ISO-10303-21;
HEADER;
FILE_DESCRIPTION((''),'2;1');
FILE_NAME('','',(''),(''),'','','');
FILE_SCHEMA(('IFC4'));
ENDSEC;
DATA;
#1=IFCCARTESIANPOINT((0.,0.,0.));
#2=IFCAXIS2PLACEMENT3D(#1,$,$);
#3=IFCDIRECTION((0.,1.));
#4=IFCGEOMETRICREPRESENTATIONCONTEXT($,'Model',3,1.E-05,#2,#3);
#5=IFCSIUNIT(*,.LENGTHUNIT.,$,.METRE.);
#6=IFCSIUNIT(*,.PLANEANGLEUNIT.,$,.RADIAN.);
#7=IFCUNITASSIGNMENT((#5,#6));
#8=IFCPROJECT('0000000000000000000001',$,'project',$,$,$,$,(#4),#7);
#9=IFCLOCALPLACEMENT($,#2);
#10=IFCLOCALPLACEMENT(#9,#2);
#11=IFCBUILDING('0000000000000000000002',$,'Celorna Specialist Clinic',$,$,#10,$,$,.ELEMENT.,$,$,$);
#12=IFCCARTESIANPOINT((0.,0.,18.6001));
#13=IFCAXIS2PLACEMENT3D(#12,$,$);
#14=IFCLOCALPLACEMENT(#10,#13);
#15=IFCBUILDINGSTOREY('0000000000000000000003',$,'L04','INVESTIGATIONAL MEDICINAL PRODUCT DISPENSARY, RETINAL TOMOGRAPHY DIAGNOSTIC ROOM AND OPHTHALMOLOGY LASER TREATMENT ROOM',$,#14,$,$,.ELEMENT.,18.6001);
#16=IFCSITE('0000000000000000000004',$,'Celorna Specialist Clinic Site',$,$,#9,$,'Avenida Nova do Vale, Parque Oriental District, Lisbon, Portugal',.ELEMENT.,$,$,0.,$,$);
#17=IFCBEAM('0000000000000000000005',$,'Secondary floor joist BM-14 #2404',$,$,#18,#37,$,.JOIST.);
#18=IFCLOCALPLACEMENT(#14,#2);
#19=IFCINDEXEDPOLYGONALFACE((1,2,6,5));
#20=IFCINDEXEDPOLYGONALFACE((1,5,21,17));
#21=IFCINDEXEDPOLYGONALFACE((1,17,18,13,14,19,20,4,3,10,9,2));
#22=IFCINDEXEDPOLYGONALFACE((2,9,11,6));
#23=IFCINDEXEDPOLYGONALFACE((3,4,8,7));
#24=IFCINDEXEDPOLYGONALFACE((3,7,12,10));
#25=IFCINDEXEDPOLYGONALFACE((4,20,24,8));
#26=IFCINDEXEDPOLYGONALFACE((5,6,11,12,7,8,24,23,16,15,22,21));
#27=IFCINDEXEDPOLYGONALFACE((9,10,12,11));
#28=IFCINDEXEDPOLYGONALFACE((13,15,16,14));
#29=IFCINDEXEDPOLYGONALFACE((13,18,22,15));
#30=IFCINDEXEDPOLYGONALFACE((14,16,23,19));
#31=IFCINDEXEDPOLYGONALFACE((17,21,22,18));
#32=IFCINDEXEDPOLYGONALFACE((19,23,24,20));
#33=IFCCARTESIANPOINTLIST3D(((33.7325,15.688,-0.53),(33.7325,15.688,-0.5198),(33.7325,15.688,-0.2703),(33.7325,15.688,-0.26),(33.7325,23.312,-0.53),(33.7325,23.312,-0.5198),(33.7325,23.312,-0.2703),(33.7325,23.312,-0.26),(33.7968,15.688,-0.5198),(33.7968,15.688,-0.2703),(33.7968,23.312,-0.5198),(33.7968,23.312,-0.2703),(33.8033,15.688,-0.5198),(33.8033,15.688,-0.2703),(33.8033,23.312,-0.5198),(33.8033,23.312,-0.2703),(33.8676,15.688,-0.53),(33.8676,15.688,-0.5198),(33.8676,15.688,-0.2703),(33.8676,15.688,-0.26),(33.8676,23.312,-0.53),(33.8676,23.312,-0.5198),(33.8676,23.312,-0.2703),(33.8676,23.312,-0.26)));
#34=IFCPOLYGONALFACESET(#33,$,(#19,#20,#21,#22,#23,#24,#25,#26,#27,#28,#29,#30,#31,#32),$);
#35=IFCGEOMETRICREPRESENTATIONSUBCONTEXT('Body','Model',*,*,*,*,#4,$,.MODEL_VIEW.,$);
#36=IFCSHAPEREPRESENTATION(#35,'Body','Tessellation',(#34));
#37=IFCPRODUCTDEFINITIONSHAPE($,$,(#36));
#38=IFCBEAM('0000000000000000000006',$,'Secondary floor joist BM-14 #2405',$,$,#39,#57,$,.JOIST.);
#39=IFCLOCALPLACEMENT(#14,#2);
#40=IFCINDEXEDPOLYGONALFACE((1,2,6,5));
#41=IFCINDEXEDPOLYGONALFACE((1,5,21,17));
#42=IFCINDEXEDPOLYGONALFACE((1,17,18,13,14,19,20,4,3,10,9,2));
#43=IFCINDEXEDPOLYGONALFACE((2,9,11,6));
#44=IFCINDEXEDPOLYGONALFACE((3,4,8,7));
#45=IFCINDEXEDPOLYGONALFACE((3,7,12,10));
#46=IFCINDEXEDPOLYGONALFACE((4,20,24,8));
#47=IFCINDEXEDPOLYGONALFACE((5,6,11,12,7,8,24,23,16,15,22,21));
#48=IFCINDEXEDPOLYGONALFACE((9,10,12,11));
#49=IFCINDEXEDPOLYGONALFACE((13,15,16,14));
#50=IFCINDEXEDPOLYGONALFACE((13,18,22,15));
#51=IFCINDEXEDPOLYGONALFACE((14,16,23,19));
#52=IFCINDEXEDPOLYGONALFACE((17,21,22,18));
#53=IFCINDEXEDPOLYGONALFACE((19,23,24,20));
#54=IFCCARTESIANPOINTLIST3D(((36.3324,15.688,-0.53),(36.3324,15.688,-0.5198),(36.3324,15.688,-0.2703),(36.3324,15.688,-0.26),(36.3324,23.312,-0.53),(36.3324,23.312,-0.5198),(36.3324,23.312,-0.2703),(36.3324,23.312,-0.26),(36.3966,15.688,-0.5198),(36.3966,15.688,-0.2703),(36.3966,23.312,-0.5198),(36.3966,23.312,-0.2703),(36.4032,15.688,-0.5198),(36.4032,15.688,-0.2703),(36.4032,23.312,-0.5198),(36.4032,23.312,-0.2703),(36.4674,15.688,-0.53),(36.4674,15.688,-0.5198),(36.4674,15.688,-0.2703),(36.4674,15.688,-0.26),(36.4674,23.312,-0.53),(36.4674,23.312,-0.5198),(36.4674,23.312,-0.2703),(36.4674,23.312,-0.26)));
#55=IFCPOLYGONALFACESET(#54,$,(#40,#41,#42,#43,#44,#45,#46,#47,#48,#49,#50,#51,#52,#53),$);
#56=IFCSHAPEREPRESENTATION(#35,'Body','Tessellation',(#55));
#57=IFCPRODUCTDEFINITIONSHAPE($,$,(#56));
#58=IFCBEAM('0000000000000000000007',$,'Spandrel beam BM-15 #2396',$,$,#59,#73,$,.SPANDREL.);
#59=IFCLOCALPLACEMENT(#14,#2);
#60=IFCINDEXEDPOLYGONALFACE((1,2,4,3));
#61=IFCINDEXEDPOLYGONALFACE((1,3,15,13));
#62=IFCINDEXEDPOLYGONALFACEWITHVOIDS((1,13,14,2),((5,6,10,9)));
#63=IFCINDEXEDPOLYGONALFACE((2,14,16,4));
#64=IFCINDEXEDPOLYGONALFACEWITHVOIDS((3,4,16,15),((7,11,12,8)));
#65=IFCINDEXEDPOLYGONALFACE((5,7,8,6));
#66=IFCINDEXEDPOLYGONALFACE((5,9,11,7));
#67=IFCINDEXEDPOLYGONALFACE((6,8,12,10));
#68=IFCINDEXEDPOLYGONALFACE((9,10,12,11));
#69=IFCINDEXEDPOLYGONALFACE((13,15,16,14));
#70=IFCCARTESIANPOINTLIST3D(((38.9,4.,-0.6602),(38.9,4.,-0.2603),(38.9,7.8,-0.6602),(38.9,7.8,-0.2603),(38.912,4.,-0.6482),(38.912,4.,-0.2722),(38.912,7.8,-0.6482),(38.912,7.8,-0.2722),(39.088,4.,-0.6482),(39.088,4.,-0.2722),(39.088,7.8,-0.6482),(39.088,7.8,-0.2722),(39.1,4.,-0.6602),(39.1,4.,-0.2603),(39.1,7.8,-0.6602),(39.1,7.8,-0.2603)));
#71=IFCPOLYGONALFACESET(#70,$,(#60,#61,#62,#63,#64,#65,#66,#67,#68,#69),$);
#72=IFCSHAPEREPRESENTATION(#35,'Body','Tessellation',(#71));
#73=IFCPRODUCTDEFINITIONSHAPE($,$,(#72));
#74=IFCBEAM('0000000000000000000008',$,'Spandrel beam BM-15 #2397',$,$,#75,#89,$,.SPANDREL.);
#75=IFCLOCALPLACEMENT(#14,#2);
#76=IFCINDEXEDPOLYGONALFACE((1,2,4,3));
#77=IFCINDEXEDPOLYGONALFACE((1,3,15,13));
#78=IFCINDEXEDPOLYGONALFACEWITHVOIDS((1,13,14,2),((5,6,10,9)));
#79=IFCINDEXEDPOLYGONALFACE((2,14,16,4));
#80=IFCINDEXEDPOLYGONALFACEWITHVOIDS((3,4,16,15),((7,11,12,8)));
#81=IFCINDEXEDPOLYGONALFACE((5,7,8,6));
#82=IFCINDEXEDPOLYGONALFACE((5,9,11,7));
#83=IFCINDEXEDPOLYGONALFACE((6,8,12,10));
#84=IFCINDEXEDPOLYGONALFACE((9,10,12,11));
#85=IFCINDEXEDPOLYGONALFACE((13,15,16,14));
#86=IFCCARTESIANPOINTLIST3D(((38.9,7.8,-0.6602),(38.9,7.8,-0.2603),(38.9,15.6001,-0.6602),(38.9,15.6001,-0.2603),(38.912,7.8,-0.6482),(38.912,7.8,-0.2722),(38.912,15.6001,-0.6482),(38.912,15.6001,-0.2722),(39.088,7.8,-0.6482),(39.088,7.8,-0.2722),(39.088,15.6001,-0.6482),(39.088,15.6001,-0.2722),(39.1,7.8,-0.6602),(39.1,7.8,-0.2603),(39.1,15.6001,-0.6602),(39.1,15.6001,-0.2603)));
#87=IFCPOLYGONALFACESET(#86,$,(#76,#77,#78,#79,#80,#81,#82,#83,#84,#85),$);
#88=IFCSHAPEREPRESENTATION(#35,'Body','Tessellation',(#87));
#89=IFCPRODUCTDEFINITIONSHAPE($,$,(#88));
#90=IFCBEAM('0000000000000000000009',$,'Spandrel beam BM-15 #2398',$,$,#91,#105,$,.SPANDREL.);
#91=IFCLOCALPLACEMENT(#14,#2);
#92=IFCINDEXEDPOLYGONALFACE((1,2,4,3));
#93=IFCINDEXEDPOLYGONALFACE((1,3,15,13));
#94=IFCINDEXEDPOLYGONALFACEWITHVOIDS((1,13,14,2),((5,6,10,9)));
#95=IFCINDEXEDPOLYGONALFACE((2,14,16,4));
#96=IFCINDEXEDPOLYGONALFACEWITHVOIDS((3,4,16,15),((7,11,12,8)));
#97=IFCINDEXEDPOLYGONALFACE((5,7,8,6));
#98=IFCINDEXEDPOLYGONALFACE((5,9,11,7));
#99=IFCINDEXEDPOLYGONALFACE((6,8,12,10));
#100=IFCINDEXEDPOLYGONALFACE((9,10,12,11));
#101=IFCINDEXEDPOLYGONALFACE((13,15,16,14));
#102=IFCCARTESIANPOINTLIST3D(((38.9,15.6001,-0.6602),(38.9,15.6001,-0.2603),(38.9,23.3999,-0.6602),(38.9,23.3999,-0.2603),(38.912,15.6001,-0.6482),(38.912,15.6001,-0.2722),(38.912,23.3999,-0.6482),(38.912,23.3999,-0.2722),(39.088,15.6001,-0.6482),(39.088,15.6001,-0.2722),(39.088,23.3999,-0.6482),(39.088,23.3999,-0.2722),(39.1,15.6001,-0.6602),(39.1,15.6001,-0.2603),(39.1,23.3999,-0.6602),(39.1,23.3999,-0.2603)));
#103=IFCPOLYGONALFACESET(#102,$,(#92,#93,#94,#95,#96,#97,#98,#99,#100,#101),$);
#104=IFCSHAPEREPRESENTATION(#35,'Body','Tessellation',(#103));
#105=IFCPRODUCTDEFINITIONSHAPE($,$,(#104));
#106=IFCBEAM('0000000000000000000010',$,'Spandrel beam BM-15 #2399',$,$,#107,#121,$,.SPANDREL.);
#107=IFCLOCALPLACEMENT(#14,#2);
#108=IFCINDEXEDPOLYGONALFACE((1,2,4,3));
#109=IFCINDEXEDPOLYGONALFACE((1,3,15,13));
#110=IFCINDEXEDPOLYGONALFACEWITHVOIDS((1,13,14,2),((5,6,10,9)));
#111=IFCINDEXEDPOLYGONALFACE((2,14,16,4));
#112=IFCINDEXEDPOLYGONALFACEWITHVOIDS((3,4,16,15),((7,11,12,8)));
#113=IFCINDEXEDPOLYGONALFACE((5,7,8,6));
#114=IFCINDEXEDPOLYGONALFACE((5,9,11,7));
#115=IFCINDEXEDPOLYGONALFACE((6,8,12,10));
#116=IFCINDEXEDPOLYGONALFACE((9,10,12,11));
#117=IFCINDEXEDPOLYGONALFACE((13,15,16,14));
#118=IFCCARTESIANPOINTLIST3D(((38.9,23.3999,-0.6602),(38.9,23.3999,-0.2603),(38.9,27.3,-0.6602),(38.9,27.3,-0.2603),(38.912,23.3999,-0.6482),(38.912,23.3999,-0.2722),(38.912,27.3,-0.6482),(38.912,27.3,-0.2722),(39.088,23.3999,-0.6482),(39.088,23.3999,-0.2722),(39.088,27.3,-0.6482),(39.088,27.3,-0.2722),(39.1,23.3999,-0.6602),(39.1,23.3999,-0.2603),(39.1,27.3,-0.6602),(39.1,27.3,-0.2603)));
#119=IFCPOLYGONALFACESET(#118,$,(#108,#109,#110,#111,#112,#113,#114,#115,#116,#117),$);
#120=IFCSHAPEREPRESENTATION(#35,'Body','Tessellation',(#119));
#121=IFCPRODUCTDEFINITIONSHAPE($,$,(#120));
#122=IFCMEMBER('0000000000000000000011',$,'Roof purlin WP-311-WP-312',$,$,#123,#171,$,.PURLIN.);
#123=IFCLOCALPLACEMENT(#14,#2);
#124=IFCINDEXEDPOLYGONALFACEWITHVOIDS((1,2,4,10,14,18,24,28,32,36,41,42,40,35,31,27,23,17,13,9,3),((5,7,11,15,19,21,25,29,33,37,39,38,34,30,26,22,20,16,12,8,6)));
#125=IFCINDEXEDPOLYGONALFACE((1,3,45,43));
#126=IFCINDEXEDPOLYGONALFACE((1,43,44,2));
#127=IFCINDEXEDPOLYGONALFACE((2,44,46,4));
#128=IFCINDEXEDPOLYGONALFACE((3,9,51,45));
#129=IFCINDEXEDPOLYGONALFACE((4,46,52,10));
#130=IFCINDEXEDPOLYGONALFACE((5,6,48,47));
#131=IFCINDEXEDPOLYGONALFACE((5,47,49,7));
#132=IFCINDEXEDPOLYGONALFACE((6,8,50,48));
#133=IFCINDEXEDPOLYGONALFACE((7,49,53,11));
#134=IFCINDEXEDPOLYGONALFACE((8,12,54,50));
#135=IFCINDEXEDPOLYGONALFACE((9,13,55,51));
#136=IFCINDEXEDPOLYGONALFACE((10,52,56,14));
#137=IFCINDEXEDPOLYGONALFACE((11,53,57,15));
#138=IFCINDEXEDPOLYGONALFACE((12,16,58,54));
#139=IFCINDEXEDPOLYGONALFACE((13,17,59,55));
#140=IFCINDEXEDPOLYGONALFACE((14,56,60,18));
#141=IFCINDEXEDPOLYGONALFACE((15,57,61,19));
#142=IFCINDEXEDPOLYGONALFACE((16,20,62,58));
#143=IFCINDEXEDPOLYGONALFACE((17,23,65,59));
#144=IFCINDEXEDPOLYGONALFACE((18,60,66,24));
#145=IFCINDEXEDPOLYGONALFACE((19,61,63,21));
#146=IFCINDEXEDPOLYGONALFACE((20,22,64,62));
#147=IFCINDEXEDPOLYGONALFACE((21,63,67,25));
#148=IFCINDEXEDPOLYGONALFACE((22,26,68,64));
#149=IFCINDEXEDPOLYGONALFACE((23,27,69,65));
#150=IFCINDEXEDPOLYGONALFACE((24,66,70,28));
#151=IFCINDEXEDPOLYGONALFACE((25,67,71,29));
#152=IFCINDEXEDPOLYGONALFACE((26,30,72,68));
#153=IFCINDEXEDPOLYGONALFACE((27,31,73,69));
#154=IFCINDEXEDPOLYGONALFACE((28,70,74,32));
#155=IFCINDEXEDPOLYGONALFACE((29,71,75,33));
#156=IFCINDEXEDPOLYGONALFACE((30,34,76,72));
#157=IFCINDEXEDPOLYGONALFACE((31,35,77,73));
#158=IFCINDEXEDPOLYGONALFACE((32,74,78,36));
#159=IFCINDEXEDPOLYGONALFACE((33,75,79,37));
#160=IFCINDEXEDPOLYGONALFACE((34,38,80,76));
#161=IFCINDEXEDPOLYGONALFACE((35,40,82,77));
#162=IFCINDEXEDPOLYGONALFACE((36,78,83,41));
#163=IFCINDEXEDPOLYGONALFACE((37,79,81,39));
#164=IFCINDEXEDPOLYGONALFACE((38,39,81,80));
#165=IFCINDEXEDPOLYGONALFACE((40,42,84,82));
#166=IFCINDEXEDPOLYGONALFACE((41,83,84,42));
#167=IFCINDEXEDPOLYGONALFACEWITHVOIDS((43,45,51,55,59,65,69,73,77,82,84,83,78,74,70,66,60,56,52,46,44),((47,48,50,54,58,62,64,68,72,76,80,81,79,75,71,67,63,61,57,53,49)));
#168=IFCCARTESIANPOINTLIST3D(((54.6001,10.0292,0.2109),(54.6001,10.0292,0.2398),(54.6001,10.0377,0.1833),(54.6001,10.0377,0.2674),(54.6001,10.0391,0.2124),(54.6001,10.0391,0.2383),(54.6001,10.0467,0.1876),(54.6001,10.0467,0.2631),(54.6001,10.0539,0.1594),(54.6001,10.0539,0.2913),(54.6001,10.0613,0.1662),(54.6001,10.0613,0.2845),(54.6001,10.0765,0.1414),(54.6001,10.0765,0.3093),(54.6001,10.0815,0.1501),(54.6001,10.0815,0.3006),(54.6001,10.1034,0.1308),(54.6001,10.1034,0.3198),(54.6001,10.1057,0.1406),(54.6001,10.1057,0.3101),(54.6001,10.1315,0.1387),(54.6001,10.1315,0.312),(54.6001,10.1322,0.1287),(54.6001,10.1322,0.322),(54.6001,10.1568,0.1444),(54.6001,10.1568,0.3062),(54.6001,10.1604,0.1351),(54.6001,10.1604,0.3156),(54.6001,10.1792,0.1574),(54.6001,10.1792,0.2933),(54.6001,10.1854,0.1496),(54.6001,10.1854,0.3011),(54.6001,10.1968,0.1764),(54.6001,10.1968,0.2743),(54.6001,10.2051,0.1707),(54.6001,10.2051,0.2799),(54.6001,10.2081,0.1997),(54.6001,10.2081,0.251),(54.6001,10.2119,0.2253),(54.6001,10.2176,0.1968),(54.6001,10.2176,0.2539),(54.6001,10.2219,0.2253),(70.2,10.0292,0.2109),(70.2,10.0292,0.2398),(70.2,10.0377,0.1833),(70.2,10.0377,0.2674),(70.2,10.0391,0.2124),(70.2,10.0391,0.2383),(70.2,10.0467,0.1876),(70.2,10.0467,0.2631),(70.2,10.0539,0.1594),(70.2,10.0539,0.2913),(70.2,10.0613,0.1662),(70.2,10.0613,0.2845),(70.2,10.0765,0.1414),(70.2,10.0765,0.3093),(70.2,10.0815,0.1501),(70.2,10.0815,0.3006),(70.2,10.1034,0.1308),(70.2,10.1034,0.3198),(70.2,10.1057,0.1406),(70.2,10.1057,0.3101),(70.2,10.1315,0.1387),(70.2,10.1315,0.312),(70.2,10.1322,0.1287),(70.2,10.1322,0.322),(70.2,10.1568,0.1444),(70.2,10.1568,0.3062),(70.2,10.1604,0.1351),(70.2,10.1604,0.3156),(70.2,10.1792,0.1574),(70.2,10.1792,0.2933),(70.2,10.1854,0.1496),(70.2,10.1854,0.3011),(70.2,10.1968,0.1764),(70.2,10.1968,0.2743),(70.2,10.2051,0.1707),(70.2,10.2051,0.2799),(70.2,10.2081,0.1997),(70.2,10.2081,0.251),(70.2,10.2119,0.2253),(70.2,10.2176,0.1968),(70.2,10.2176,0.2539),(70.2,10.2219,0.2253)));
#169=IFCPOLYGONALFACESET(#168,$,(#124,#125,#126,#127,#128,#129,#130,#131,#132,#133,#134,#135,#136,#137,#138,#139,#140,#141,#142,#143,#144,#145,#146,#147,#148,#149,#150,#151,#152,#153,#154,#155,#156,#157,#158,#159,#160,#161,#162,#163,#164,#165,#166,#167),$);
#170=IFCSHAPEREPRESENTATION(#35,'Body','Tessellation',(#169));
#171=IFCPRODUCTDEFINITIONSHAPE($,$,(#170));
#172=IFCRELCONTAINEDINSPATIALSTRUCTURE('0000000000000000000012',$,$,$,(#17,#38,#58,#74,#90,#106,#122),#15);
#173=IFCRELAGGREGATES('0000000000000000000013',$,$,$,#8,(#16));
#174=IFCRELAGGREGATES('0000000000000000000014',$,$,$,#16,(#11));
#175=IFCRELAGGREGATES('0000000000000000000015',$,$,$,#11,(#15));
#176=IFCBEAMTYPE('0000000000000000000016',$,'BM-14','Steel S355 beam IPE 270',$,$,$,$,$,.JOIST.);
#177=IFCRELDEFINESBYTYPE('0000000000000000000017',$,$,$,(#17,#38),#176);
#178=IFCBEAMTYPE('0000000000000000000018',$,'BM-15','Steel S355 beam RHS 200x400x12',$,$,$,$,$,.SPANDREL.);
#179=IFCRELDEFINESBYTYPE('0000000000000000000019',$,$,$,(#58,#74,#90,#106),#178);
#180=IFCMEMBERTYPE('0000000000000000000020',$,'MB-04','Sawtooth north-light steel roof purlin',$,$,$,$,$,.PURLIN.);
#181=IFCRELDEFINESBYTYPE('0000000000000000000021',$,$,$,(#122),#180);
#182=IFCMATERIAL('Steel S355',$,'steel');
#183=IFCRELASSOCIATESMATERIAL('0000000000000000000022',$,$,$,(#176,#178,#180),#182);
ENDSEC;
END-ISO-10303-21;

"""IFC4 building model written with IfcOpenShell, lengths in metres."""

from ifc_helpers import new_model, si_unit, direction, frame, origin, origin_2d, place, context, subcontext, project, spatial, hollow_rectangle, hollow_circle, i_section, extrude, material, material_profile, profile_set, type_object, element, save


model = new_model("IFC4")

# Units and contexts
model_context = context("Model", 3, precision=1e-05, world=origin(), true_north=direction((0.0, 1.0)))
body_context = subcontext(model_context, "Body", "Model", "MODEL_VIEW")
ifc_project = project(units=[si_unit("LENGTHUNIT", "METRE"), si_unit("PLANEANGLEUNIT", "RADIAN")], contexts=[model_context])

# Site, building, storey
site_placement = place(None, origin())
site = spatial("IfcSite", under=ifc_project, at=site_placement, Name="Celorna Specialist Clinic Site", LongName="Avenida Nova do Vale, Parque Oriental District, Lisbon, Portugal", CompositionType="ELEMENT", RefElevation=0.0)
building_placement = place(site_placement, origin())
building = spatial("IfcBuilding", under=site, at=building_placement, Name="Celorna Specialist Clinic", CompositionType="ELEMENT")
storey_placement = place(building_placement, frame((0.0, 0.0, 18.6001)))
storey = spatial("IfcBuildingStorey", under=building, at=storey_placement, Name="L04", Description="INVESTIGATIONAL MEDICINAL PRODUCT DISPENSARY, RETINAL TOMOGRAPHY DIAGNOSTIC ROOM AND OPHTHALMOLOGY LASER TREATMENT ROOM", CompositionType="ELEMENT", Elevation=18.6001)

# Beams
ifc_material_1 = material(Name="Steel S355", Category="steel")
ifc_material_profile_1 = material_profile(ifc_material_1, i_section(OverallWidth=0.135, OverallDepth=0.27, WebThickness=0.0066, FlangeThickness=0.0103, at=origin_2d()), Name="IPE 270")
ifc_profile_set_1 = profile_set([ifc_material_profile_1], Name="Steel S355")
beam_type_1 = type_object("IfcBeamType", Name="BM-14", Description="Steel S355 beam IPE 270", PredefinedType="JOIST", material=ifc_profile_set_1)
for number, where, z_axis, x_axis, name in (
    (1, (33.8, 15.688, -0.395), (0.0, 1.0, 0.0), (-1.0, 0.0, 0.0), "Secondary floor joist BM-14 #2404"),
    (2, (36.3999, 15.688, -0.395), (0.0, 1.0, 0.0), (-1.0, 0.0, 0.0), "Secondary floor joist BM-14 #2405"),
):
    element("IfcBeam", number, at=place(storey_placement, frame(where, z_axis=z_axis, x_axis=x_axis)), inside=storey, type_object=beam_type_1, Name=name, PredefinedType="JOIST", context=body_context, shape_type="SweptSolid", body=[
        extrude(i_section(OverallWidth=0.135, OverallDepth=0.27, WebThickness=0.0066, FlangeThickness=0.0103, at=origin_2d()), origin(), (0.0, 0.0, 1.0), 7.624),
    ])
ifc_material_profile_2 = material_profile(ifc_material_1, hollow_rectangle(XDim=0.2, YDim=0.3999, WallThickness=0.012, at=origin_2d()), Name="RHS 200x400x12")
ifc_profile_set_2 = profile_set([ifc_material_profile_2], Name="Steel S355")
beam_type_2 = type_object("IfcBeamType", Name="BM-15", Description="Steel S355 beam RHS 200x400x12", PredefinedType="SPANDREL", material=ifc_profile_set_2)
beam_1_placement = place(storey_placement, frame((39.0, 4.0, -0.4602), z_axis=(0.0, 1.0, 0.0), x_axis=(-1.0, 0.0, 0.0)))
element("IfcBeam", 3, at=beam_1_placement, inside=storey, type_object=beam_type_2, Name="Spandrel beam BM-15 #2396", PredefinedType="SPANDREL", context=body_context, shape_type="SweptSolid", body=[
    extrude(hollow_rectangle(XDim=0.2, YDim=0.3999, WallThickness=0.012, at=origin_2d()), origin(), (0.0, 0.0, 1.0), 3.8),
])
beam_2_placement = place(storey_placement, frame((39.0, 7.8, -0.4602), z_axis=(0.0, 1.0, 0.0), x_axis=(-1.0, 0.0, 0.0)))
element("IfcBeam", 4, at=beam_2_placement, inside=storey, type_object=beam_type_2, Name="Spandrel beam BM-15 #2397", PredefinedType="SPANDREL", context=body_context, shape_type="SweptSolid", body=[
    extrude(hollow_rectangle(XDim=0.2, YDim=0.3999, WallThickness=0.012, at=origin_2d()), origin(), (0.0, 0.0, 1.0), 7.8),
])
beam_3_placement = place(storey_placement, frame((39.0, 15.6001, -0.4602), z_axis=(0.0, 1.0, 0.0), x_axis=(-1.0, 0.0, 0.0)))
element("IfcBeam", 5, at=beam_3_placement, inside=storey, type_object=beam_type_2, Name="Spandrel beam BM-15 #2398", PredefinedType="SPANDREL", context=body_context, shape_type="SweptSolid", body=[
    extrude(hollow_rectangle(XDim=0.2, YDim=0.3999, WallThickness=0.012, at=origin_2d()), origin(), (0.0, 0.0, 1.0), 7.7998),
])
beam_4_placement = place(storey_placement, frame((39.0, 23.3999, -0.4602), z_axis=(0.0, 1.0, 0.0), x_axis=(-1.0, 0.0, 0.0)))
element("IfcBeam", 6, at=beam_4_placement, inside=storey, type_object=beam_type_2, Name="Spandrel beam BM-15 #2399", PredefinedType="SPANDREL", context=body_context, shape_type="SweptSolid", body=[
    extrude(hollow_rectangle(XDim=0.2, YDim=0.3999, WallThickness=0.012, at=origin_2d()), origin(), (0.0, 0.0, 1.0), 3.9001),
])

# Member
ifc_material_profile_3 = material_profile(ifc_material_1, hollow_circle(Radius=0.0969, WallThickness=0.01, at=origin_2d()), Name="CHS 193.7x10")
ifc_profile_set_3 = profile_set([ifc_material_profile_3], Name="Steel S355")
member_type_1 = type_object("IfcMemberType", Name="MB-04", Description="Sawtooth north-light steel roof purlin", PredefinedType="PURLIN", material=ifc_profile_set_3)
for number, where, z_axis, x_axis, name in (
    (7, (54.6001, 10.125, 0.2253), (1.0, 0.0, 0.0), (0.0, 1.0, 0.0), "Roof purlin WP-311-WP-312"),
):
    element("IfcMember", number, at=place(storey_placement, frame(where, z_axis=z_axis, x_axis=x_axis)), inside=storey, type_object=member_type_1, Name=name, PredefinedType="PURLIN", context=body_context, shape_type="SweptSolid", body=[
        extrude(hollow_circle(Radius=0.0969, WallThickness=0.01, at=origin_2d()), origin(), (0.0, 0.0, 1.0), 15.5999),
    ])

save(model, "model.ifc")
